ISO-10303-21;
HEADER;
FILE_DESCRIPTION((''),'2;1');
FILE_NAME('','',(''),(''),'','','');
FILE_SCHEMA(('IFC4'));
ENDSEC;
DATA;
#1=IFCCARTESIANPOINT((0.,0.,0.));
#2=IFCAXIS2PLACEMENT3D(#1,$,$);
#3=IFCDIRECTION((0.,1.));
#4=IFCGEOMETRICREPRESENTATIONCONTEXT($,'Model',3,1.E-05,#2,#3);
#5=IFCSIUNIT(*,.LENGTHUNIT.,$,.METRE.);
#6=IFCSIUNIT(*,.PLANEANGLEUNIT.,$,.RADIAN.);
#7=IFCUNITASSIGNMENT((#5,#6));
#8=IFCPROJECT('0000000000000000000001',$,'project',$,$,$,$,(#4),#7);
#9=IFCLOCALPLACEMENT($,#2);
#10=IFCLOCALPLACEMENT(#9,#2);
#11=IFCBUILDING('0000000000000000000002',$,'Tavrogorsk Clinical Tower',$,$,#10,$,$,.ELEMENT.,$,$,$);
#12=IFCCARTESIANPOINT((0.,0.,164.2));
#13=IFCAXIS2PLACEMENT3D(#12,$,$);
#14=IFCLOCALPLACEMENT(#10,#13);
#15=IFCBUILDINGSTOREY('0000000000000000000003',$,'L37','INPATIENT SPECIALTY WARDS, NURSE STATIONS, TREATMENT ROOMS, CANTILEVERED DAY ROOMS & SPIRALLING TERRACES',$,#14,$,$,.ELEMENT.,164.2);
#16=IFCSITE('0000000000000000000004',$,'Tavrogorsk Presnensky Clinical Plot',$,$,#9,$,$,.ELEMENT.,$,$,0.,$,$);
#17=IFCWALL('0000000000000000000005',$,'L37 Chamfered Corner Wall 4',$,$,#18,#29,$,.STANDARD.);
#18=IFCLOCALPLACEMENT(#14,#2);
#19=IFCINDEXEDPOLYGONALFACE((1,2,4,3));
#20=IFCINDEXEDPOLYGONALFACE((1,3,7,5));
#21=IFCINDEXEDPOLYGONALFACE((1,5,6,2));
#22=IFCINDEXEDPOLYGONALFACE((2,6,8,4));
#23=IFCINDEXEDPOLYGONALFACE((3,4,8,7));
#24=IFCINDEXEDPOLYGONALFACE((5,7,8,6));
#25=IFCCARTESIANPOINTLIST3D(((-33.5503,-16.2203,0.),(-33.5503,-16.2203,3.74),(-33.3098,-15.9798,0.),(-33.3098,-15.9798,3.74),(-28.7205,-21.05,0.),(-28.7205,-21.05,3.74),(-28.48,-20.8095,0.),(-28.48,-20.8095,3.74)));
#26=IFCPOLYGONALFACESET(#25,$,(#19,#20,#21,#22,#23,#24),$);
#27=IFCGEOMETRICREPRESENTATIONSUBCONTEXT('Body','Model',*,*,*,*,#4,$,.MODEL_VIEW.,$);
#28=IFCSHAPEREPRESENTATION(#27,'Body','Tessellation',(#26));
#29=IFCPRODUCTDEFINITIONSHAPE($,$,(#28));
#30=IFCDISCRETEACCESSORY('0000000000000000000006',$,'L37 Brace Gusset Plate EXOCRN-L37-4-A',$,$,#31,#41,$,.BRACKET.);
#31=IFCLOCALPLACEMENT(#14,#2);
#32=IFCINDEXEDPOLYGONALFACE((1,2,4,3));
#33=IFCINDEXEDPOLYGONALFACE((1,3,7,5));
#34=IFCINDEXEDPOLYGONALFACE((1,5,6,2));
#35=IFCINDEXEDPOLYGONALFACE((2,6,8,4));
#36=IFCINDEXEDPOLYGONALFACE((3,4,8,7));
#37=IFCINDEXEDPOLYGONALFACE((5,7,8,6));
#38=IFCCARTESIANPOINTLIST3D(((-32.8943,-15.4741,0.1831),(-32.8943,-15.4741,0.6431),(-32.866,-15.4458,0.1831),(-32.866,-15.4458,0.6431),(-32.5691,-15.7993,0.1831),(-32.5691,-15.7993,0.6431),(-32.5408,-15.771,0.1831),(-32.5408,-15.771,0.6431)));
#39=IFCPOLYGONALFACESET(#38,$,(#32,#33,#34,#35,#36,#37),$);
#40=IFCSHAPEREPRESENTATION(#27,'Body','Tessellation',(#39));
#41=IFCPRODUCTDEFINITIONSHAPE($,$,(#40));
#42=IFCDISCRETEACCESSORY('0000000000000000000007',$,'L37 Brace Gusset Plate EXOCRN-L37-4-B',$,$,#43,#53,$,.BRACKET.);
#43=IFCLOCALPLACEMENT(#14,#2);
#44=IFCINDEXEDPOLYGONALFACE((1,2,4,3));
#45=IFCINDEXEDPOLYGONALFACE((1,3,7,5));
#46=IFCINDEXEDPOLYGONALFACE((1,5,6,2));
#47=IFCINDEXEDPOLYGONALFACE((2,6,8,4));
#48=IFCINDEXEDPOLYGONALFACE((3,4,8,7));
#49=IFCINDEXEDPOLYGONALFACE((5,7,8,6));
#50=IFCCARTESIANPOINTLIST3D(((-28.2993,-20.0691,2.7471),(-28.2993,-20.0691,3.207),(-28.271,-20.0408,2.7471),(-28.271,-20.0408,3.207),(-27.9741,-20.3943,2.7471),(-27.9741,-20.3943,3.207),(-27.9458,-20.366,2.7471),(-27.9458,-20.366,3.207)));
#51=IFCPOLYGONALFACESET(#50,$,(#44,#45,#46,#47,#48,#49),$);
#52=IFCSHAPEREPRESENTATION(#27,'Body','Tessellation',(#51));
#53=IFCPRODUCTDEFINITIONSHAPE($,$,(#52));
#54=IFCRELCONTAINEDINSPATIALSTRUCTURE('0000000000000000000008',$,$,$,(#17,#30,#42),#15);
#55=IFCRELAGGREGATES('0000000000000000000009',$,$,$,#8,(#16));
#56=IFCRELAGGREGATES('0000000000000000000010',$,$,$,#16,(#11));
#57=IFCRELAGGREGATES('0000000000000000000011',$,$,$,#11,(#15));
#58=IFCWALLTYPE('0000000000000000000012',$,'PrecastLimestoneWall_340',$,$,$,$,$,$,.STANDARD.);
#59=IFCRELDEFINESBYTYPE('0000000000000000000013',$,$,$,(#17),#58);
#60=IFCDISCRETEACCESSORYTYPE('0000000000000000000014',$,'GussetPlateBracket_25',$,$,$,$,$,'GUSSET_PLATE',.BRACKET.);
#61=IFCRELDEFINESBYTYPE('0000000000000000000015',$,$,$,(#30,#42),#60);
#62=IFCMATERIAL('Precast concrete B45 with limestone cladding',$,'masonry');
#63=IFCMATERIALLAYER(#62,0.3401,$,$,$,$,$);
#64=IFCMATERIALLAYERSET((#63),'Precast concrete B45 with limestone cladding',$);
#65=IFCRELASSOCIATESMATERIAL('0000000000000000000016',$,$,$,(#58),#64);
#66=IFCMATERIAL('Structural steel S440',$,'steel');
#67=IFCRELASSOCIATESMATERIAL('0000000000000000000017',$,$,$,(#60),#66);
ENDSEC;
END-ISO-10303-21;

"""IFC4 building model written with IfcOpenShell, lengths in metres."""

from ifc_helpers import new_model, si_unit, direction, frame, frame_2d, origin, origin_2d, place, context, subcontext, project, spatial, rectangle, extrude, material, layer, layer_set, type_object, element, save


model = new_model("IFC4")

# Units and contexts
model_context = context("Model", 3, precision=1e-05, world=origin(), true_north=direction((0.0, 1.0)))
body_context = subcontext(model_context, "Body", "Model", "MODEL_VIEW")
ifc_project = project(units=[si_unit("LENGTHUNIT", "METRE"), si_unit("PLANEANGLEUNIT", "RADIAN")], contexts=[model_context])

# Site, building, storey
site_placement = place(None, origin())
site = spatial("IfcSite", under=ifc_project, at=site_placement, Name="Tavrogorsk Presnensky Clinical Plot", CompositionType="ELEMENT", RefElevation=0.0)
building_placement = place(site_placement, origin())
building = spatial("IfcBuilding", under=site, at=building_placement, Name="Tavrogorsk Clinical Tower", CompositionType="ELEMENT")
storey_placement = place(building_placement, frame((0.0, 0.0, 164.2)))
storey = spatial("IfcBuildingStorey", under=building, at=storey_placement, Name="L37", Description="INPATIENT SPECIALTY WARDS, NURSE STATIONS, TREATMENT ROOMS, CANTILEVERED DAY ROOMS & SPIRALLING TERRACES", CompositionType="ELEMENT", Elevation=164.2)

# Shared definitions
ifc_material_1 = material(Name="Precast concrete B45 with limestone cladding", Category="masonry")
ifc_layer_1 = layer(ifc_material_1, 0.3401)
ifc_layer_set_1 = layer_set([ifc_layer_1], Name="Precast concrete B45 with limestone cladding")
wall_type_1 = type_object("IfcWallType", Name="PrecastLimestoneWall_340", PredefinedType="STANDARD", material=ifc_layer_set_1)

# Wall
wall_1_placement = place(storey_placement, frame((-33.4299, -16.1001, 0.0), z_axis=(0.0, 0.0, 1.0), x_axis=(0.707107, -0.707107, 0.0)))
element("IfcWall", 1, at=wall_1_placement, inside=storey, type_object=wall_type_1, Name="L37 Chamfered Corner Wall 4", PredefinedType="STANDARD", context=body_context, shape_type="SweptSolid", body=[
    extrude(rectangle(XDim=6.8303, YDim=0.3401, at=frame_2d((3.415, 0.0))), origin(), (0.0, 0.0, 1.0), 3.74),
])

# Discrete accessories
ifc_material_2 = material(Name="Structural steel S440", Category="steel")
discrete_accessory_type = type_object("IfcDiscreteAccessoryType", Name="GussetPlateBracket_25", ElementType="GUSSET_PLATE", PredefinedType="BRACKET", material=ifc_material_2)
for number, where, z_axis, x_axis, name in (
    (2, (-32.7175, -15.6226, 0.1831), (0.0, 0.0, 1.0), (0.707107, -0.707107, 0.0), "L37 Brace Gusset Plate EXOCRN-L37-4-A"),
    (3, (-28.1226, -20.2175, 2.7471), (0.0, 0.0, 1.0), (0.707107, -0.707107, 0.0), "L37 Brace Gusset Plate EXOCRN-L37-4-B"),
):
    element("IfcDiscreteAccessory", number, at=place(storey_placement, frame(where, z_axis=z_axis, x_axis=x_axis)), inside=storey, type_object=discrete_accessory_type, Name=name, PredefinedType="BRACKET", context=body_context, shape_type="SweptSolid", body=[
        extrude(rectangle(XDim=0.46, YDim=0.04, at=origin_2d()), origin(), (0.0, 0.0, 1.0), 0.46),
    ])

save(model, "model.ifc")
